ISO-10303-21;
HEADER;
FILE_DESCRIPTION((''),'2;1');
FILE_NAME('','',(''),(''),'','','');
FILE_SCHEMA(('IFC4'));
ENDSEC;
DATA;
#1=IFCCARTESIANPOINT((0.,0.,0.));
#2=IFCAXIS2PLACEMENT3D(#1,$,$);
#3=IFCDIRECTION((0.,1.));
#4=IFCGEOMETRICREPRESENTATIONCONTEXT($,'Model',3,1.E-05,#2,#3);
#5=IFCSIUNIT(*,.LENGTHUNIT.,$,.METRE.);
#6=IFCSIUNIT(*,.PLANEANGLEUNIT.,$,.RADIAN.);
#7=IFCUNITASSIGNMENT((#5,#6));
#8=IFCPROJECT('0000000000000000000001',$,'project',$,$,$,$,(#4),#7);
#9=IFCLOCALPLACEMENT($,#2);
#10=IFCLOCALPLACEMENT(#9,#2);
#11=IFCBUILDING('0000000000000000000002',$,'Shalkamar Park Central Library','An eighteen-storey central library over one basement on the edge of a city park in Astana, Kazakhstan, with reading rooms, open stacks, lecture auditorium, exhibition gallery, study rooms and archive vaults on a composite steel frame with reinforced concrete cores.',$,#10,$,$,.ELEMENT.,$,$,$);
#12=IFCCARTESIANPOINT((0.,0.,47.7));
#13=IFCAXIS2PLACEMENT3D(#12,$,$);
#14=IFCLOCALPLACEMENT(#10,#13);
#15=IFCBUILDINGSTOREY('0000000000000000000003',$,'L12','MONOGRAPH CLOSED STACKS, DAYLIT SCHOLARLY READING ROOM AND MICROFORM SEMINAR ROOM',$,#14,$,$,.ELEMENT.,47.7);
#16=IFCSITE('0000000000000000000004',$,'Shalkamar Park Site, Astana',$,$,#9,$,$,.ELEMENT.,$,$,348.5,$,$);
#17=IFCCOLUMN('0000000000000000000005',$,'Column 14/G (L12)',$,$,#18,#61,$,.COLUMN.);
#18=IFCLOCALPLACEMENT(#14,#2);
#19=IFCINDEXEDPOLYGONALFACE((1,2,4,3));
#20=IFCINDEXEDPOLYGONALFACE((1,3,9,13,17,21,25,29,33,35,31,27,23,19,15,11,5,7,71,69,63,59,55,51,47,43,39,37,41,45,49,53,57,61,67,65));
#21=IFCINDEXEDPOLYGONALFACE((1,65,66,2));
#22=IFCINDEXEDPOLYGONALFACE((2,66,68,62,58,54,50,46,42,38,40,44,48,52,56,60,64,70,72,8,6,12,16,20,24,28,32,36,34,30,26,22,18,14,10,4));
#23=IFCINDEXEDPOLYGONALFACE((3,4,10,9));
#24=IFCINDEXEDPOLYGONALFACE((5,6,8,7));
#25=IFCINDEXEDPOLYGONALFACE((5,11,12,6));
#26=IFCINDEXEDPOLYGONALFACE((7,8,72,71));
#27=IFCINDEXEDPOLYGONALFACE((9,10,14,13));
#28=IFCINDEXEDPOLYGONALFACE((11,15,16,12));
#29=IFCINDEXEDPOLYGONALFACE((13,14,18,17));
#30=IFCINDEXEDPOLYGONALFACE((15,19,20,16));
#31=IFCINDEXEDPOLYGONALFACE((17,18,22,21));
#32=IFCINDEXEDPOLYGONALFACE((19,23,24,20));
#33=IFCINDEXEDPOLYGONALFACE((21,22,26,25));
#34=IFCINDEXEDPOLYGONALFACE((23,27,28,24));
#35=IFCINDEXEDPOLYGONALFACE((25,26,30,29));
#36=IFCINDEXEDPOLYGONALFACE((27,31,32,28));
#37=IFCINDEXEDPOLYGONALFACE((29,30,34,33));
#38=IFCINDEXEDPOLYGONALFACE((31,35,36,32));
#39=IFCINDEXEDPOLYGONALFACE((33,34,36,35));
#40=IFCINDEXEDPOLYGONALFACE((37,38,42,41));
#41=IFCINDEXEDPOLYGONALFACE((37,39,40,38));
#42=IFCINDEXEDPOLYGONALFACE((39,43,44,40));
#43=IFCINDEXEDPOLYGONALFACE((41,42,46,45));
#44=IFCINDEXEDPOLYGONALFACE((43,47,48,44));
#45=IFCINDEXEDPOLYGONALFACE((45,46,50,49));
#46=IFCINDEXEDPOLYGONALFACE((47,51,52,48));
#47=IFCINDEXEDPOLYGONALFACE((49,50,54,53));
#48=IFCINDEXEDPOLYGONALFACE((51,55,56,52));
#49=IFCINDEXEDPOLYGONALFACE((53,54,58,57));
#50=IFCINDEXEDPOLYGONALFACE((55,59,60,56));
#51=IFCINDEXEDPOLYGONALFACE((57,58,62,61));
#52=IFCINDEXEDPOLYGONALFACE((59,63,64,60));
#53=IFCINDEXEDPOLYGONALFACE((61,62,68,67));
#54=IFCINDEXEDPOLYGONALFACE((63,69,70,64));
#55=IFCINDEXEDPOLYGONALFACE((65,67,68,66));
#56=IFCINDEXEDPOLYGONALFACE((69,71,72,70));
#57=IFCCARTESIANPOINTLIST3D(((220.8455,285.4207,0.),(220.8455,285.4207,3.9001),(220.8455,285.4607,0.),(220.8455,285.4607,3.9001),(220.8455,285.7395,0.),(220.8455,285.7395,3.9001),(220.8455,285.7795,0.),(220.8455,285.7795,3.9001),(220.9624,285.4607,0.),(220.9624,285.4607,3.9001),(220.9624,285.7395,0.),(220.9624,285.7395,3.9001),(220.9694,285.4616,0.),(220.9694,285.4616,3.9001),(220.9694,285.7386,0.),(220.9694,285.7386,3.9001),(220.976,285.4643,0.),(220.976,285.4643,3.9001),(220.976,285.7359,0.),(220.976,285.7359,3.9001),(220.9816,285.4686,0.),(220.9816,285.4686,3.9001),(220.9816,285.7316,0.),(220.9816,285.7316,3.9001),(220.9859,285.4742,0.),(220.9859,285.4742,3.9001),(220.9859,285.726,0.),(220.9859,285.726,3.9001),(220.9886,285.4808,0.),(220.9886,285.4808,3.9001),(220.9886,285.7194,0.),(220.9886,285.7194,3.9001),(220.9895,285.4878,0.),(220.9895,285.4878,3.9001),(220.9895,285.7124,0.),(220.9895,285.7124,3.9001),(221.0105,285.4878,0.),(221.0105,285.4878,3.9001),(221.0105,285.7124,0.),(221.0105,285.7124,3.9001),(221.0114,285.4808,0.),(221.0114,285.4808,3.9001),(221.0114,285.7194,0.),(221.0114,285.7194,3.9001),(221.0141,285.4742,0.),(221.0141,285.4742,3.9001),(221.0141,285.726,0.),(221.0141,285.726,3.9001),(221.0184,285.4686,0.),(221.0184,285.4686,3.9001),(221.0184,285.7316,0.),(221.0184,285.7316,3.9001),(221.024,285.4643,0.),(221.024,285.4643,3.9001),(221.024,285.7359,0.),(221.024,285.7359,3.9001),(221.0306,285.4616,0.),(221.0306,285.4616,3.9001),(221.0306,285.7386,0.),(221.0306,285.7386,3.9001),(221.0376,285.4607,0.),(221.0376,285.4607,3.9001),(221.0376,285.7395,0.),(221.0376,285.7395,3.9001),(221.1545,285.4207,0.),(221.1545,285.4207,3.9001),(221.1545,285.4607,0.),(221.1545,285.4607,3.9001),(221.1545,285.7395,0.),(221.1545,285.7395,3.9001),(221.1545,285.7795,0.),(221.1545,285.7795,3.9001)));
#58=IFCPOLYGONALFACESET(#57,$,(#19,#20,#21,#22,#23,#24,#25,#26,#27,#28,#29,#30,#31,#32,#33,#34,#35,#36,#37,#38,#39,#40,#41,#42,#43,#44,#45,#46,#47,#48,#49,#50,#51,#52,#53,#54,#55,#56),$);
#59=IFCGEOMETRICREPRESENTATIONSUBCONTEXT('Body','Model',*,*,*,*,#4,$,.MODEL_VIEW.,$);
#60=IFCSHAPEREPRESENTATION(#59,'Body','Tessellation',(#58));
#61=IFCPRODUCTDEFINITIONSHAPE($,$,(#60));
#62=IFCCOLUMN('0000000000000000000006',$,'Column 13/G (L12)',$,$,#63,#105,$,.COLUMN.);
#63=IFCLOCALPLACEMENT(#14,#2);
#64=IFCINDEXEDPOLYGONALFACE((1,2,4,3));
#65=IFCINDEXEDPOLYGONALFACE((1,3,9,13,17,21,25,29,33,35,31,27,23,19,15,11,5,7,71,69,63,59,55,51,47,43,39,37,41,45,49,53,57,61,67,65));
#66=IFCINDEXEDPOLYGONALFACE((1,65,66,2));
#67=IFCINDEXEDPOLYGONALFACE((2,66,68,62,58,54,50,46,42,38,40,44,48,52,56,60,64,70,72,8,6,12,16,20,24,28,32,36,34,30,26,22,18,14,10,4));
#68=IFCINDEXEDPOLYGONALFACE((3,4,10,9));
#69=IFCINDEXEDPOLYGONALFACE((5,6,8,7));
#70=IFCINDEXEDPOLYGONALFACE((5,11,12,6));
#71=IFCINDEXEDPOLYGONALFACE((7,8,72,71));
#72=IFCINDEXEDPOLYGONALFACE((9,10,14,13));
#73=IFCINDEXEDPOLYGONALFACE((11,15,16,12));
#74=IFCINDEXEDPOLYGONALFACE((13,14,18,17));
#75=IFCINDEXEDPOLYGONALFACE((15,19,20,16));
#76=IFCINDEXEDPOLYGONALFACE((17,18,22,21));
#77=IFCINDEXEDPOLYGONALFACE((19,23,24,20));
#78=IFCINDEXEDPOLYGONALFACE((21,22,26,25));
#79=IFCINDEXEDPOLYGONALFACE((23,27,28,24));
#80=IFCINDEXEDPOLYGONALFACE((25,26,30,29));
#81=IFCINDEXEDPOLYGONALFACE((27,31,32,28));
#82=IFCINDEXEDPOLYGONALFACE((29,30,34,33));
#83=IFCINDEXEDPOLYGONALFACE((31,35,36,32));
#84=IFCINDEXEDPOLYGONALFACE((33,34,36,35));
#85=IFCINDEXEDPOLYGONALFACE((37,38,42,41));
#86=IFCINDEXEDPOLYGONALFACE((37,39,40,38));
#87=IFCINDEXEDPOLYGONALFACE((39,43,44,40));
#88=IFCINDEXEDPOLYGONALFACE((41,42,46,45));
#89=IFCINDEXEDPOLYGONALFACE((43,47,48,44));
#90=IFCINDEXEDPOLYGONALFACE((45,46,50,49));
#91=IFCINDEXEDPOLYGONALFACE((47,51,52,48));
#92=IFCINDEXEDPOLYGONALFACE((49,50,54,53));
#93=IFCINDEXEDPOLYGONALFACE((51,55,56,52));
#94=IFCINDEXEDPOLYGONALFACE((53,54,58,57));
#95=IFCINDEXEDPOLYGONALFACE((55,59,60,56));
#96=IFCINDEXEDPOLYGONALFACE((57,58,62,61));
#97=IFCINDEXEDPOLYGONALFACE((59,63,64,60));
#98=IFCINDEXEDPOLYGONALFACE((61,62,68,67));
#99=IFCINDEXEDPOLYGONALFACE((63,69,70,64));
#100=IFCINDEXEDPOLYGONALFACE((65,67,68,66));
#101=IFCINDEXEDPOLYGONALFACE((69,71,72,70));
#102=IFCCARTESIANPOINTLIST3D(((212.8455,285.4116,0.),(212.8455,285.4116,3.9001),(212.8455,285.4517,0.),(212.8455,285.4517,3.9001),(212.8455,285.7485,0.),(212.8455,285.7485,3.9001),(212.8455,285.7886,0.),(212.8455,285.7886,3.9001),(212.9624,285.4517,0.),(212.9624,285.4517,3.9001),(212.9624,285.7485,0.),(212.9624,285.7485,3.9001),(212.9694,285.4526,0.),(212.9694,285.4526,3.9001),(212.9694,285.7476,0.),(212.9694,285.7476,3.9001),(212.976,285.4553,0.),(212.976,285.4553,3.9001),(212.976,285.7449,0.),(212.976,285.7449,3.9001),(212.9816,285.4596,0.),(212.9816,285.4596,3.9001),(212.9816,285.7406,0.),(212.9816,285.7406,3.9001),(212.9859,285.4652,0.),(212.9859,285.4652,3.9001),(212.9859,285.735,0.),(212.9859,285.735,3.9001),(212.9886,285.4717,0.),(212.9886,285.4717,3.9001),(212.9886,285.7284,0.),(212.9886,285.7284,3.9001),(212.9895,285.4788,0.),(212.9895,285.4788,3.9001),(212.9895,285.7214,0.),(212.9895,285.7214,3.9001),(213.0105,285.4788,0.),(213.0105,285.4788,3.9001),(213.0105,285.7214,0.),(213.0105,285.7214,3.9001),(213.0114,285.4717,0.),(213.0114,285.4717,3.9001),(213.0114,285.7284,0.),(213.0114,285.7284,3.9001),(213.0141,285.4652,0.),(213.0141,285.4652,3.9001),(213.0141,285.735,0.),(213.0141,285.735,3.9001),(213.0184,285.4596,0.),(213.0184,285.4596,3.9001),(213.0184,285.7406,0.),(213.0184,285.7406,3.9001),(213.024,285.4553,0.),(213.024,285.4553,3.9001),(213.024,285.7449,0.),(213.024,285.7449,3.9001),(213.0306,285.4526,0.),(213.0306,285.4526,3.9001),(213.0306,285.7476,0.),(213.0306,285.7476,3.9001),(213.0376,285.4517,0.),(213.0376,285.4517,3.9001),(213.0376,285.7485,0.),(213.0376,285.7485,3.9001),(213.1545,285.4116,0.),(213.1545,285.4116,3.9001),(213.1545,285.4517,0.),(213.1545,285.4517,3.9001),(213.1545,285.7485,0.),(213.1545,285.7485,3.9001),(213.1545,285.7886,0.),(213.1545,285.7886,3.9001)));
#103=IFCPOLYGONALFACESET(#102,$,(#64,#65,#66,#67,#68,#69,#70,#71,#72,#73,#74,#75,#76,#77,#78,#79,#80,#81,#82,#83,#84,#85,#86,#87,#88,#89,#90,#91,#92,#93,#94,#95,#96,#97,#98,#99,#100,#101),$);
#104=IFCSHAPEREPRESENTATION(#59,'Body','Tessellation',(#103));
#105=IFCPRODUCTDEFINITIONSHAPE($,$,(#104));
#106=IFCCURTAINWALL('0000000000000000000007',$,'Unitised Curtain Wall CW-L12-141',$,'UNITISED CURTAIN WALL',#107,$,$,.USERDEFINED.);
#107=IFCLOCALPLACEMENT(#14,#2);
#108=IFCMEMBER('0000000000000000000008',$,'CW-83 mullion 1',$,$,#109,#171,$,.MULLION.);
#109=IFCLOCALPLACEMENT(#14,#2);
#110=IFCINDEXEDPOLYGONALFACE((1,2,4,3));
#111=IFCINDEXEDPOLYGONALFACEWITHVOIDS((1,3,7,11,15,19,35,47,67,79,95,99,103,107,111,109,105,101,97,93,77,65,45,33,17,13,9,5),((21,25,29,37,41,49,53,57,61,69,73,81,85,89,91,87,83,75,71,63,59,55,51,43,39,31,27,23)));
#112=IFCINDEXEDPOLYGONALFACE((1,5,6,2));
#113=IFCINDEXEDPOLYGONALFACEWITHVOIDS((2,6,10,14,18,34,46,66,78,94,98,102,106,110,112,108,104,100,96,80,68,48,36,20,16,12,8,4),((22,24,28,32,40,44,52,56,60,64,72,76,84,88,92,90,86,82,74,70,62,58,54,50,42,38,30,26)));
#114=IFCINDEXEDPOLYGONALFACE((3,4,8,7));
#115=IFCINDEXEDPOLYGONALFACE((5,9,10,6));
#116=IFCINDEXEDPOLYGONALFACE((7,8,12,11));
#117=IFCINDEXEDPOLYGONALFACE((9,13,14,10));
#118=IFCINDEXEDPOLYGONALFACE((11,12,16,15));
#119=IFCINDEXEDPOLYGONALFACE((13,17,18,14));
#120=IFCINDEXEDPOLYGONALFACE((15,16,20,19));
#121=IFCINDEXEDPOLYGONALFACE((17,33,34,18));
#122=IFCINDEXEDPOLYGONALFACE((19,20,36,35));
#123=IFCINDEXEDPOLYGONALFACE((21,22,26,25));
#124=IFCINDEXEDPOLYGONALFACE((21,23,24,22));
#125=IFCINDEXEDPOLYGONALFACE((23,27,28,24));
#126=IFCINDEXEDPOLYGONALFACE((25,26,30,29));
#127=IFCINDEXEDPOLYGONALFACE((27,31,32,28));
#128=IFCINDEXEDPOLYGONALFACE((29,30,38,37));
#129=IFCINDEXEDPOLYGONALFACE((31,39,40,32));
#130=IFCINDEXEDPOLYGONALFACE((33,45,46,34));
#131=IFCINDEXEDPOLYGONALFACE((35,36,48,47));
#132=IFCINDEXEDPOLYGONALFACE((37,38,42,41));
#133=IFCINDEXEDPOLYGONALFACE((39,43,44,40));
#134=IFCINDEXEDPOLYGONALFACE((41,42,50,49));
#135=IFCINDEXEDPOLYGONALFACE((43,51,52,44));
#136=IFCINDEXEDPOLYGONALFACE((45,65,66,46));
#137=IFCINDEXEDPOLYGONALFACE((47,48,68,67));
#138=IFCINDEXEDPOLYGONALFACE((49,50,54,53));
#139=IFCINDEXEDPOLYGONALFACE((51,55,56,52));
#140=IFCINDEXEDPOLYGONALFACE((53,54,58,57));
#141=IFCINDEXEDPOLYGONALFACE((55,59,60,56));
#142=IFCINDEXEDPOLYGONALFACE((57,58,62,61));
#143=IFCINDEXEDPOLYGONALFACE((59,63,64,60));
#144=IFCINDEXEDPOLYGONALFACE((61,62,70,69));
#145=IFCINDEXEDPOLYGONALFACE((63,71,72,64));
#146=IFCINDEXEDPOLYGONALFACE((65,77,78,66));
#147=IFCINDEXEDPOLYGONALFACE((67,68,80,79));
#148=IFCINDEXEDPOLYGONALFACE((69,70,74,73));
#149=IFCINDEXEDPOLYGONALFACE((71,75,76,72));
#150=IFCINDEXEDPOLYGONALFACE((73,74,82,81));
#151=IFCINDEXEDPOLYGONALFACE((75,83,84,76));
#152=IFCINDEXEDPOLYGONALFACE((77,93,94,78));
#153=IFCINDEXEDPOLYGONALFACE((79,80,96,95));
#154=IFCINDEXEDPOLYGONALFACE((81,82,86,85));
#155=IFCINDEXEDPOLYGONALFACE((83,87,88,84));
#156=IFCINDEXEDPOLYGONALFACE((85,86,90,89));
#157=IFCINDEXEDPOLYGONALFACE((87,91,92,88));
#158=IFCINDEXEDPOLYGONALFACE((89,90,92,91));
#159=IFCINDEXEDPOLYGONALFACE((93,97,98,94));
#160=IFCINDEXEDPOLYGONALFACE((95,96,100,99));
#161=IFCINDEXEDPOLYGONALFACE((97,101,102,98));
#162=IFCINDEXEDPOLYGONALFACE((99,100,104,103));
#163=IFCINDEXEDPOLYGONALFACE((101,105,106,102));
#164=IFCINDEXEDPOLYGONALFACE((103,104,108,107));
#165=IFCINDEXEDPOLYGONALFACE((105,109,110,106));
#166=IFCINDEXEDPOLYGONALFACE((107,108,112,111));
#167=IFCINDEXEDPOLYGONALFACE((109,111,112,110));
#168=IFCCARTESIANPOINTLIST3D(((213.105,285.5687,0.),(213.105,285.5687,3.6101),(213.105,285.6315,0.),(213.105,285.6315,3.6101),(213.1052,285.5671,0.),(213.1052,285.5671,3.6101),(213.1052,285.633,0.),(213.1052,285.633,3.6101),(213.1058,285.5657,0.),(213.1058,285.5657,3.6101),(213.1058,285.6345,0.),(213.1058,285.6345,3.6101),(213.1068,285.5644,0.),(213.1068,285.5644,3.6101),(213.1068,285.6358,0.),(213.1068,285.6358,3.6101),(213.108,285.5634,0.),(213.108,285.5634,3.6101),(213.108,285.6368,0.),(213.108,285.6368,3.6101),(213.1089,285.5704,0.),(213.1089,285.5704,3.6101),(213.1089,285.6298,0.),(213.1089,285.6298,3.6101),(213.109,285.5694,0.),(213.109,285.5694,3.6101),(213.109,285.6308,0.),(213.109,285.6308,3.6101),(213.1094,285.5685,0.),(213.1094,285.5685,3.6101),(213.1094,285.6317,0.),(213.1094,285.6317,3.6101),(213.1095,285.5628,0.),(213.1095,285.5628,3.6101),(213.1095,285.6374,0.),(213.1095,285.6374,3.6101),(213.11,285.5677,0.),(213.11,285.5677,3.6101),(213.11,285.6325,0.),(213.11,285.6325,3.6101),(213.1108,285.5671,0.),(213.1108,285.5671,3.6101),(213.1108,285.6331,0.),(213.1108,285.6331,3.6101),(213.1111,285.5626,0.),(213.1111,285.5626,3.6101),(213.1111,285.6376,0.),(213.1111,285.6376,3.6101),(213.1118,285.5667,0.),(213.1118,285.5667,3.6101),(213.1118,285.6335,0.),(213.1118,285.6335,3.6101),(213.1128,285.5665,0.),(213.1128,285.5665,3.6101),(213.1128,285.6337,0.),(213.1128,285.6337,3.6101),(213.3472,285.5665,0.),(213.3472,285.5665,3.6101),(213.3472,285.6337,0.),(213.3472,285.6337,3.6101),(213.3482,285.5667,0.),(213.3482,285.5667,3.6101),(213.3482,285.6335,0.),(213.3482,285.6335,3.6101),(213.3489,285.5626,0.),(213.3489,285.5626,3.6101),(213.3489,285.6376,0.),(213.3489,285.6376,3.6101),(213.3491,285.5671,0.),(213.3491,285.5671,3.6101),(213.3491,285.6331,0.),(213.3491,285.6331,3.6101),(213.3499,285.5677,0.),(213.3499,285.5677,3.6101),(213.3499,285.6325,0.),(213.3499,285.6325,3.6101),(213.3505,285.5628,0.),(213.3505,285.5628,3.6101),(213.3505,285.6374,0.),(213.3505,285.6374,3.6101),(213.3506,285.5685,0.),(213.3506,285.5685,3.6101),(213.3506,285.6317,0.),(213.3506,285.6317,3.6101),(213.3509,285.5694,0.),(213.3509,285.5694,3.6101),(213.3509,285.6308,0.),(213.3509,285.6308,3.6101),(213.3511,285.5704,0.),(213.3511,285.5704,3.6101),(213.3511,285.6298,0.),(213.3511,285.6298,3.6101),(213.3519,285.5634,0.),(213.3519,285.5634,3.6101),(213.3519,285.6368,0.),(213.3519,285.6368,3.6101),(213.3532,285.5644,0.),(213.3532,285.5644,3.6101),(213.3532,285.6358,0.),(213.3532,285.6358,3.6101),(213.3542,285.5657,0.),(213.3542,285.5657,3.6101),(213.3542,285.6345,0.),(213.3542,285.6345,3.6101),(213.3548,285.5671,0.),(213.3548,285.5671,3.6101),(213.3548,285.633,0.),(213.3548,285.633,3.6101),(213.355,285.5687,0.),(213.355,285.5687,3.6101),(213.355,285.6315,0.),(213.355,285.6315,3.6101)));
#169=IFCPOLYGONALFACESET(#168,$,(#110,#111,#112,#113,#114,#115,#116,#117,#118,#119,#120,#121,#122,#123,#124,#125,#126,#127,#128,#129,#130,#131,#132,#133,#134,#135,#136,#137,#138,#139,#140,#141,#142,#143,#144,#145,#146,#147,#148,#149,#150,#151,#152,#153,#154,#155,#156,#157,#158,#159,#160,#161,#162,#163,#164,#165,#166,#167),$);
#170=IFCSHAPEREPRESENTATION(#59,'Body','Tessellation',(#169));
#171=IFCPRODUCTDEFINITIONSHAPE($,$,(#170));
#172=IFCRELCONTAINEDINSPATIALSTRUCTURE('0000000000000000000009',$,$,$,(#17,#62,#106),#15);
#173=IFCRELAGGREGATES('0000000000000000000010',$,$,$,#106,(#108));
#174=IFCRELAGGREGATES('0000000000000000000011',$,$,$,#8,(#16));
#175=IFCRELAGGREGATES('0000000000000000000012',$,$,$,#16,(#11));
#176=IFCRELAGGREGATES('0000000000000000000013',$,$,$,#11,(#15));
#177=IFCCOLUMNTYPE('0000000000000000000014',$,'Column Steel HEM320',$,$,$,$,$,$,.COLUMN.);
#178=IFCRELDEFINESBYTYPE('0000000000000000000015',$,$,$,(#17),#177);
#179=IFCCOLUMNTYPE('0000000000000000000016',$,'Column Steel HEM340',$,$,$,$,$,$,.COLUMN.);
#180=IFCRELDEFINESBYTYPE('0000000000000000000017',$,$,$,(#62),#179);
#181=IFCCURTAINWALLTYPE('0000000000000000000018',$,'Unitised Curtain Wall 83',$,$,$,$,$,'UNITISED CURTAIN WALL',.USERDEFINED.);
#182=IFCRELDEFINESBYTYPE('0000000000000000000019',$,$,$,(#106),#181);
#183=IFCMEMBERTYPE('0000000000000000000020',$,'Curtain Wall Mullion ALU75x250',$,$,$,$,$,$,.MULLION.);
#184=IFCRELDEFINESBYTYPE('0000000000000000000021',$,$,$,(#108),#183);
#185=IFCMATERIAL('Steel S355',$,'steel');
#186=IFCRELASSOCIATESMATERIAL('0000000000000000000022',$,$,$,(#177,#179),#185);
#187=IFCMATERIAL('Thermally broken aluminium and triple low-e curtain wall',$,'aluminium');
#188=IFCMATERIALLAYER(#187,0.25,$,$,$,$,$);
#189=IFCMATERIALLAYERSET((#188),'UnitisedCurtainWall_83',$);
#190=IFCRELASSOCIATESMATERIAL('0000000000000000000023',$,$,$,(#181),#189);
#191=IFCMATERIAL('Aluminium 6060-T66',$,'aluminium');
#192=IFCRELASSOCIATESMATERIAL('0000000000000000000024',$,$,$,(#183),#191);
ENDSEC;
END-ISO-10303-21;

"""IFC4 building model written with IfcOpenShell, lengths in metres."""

from ifc_helpers import new_model, si_unit, direction, frame, origin, origin_2d, place, context, subcontext, project, spatial, hollow_rectangle, i_section, extrude, material, layer, layer_set, material_profile, profile_set, type_object, element, aggregate, save


model = new_model("IFC4")

# Units and contexts
model_context = context("Model", 3, precision=1e-05, world=origin(), true_north=direction((0.0, 1.0)))
body_context = subcontext(model_context, "Body", "Model", "MODEL_VIEW")
ifc_project = project(units=[si_unit("LENGTHUNIT", "METRE"), si_unit("PLANEANGLEUNIT", "RADIAN")], contexts=[model_context])

# Site, building, storey
site_placement = place(None, origin())
site = spatial("IfcSite", under=ifc_project, at=site_placement, Name="Shalkamar Park Site, Astana", CompositionType="ELEMENT", RefElevation=348.5)
building_placement = place(site_placement, origin())
building = spatial("IfcBuilding", under=site, at=building_placement, Name="Shalkamar Park Central Library", Description="An eighteen-storey central library over one basement on the edge of a city park in Astana, Kazakhstan, with reading rooms, open stacks, lecture auditorium, exhibition gallery, study rooms and archive vaults on a composite steel frame with reinforced concrete cores.", CompositionType="ELEMENT")
storey_placement = place(building_placement, frame((0.0, 0.0, 47.7)))
storey = spatial("IfcBuildingStorey", under=building, at=storey_placement, Name="L12", Description="MONOGRAPH CLOSED STACKS, DAYLIT SCHOLARLY READING ROOM AND MICROFORM SEMINAR ROOM", CompositionType="ELEMENT", Elevation=47.7)

# Columns
ifc_material_1 = material(Name="Steel S355", Category="steel")
ifc_material_profile_1 = material_profile(ifc_material_1, i_section(OverallWidth=0.3091, OverallDepth=0.3589, WebThickness=0.021, FlangeThickness=0.04, FilletRadius=0.0271, at=origin_2d()), Name="HEM 320")
ifc_profile_set_1 = profile_set([ifc_material_profile_1], Name="Steel S355")
column_type_1 = type_object("IfcColumnType", Name="Column Steel HEM320", PredefinedType="COLUMN", material=ifc_profile_set_1)
column_1_placement = place(storey_placement, frame((221.0, 285.6001, 0.0), z_axis=(0.0, 0.0, 1.0), x_axis=(1.0, 0.0, 0.0)))
element("IfcColumn", 1, at=column_1_placement, inside=storey, type_object=column_type_1, Name="Column 14/G (L12)", PredefinedType="COLUMN", context=body_context, shape_type="SweptSolid", body=[
    extrude(i_section(OverallWidth=0.3091, OverallDepth=0.3589, WebThickness=0.021, FlangeThickness=0.04, FilletRadius=0.0271, at=origin_2d()), origin(), (0.0, 0.0, 1.0), 3.9001),
])
ifc_material_profile_2 = material_profile(ifc_material_1, i_section(OverallWidth=0.3091, OverallDepth=0.377, WebThickness=0.021, FlangeThickness=0.04, FilletRadius=0.0271, at=origin_2d()), Name="HEM 340")
ifc_profile_set_2 = profile_set([ifc_material_profile_2], Name="Steel S355")
column_type_2 = type_object("IfcColumnType", Name="Column Steel HEM340", PredefinedType="COLUMN", material=ifc_profile_set_2)
column_2_placement = place(storey_placement, frame((213.0, 285.6001, 0.0), z_axis=(0.0, 0.0, 1.0), x_axis=(1.0, 0.0, 0.0)))
element("IfcColumn", 2, at=column_2_placement, inside=storey, type_object=column_type_2, Name="Column 13/G (L12)", PredefinedType="COLUMN", context=body_context, shape_type="SweptSolid", body=[
    extrude(i_section(OverallWidth=0.3091, OverallDepth=0.377, WebThickness=0.021, FlangeThickness=0.04, FilletRadius=0.0271, at=origin_2d()), origin(), (0.0, 0.0, 1.0), 3.9001),
])

# Curtain wall, member
ifc_material_2 = material(Name="Thermally broken aluminium and triple low-e curtain wall", Category="aluminium")
ifc_layer_1 = layer(ifc_material_2, 0.25)
ifc_layer_set_1 = layer_set([ifc_layer_1], Name="UnitisedCurtainWall_83")
curtain_wall_type_1 = type_object("IfcCurtainWallType", Name="Unitised Curtain Wall 83", ElementType="UNITISED CURTAIN WALL", PredefinedType="USERDEFINED", material=ifc_layer_set_1)
curtain_wall_1_placement = place(storey_placement, origin())
curtain_wall_1 = element("IfcCurtainWall", 3, at=curtain_wall_1_placement, inside=storey, type_object=curtain_wall_type_1, Name="Unitised Curtain Wall CW-L12-141", ObjectType="UNITISED CURTAIN WALL", PredefinedType="USERDEFINED")
ifc_material_3 = material(Name="Aluminium 6060-T66", Category="aluminium")
ifc_material_profile_3 = material_profile(ifc_material_3, hollow_rectangle(XDim=0.075, YDim=0.25, WallThickness=0.0039, InnerFilletRadius=0.0039, OuterFilletRadius=0.0061, at=origin_2d()), Name="ALU 75x250x4")
ifc_profile_set_3 = profile_set([ifc_material_profile_3], Name="Aluminium 6060-T66")
member_type_1 = type_object("IfcMemberType", Name="Curtain Wall Mullion ALU75x250", PredefinedType="MULLION", material=ifc_profile_set_3)
member_1_placement = place(storey_placement, frame((213.23, 285.6001, 0.0), z_axis=(0.0, 0.0, 1.0), x_axis=(0.0, 1.0, 0.0)))
member_1 = element("IfcMember", 4, at=member_1_placement, type_object=member_type_1, Name="CW-83 mullion 1", PredefinedType="MULLION", context=body_context, shape_type="SweptSolid", body=[
    extrude(hollow_rectangle(XDim=0.075, YDim=0.25, WallThickness=0.0039, InnerFilletRadius=0.0039, OuterFilletRadius=0.0061, at=origin_2d()), origin(), (0.0, 0.0, 1.0), 3.6101),
])

aggregate(curtain_wall_1, [member_1])

save(model, "model.ifc")
